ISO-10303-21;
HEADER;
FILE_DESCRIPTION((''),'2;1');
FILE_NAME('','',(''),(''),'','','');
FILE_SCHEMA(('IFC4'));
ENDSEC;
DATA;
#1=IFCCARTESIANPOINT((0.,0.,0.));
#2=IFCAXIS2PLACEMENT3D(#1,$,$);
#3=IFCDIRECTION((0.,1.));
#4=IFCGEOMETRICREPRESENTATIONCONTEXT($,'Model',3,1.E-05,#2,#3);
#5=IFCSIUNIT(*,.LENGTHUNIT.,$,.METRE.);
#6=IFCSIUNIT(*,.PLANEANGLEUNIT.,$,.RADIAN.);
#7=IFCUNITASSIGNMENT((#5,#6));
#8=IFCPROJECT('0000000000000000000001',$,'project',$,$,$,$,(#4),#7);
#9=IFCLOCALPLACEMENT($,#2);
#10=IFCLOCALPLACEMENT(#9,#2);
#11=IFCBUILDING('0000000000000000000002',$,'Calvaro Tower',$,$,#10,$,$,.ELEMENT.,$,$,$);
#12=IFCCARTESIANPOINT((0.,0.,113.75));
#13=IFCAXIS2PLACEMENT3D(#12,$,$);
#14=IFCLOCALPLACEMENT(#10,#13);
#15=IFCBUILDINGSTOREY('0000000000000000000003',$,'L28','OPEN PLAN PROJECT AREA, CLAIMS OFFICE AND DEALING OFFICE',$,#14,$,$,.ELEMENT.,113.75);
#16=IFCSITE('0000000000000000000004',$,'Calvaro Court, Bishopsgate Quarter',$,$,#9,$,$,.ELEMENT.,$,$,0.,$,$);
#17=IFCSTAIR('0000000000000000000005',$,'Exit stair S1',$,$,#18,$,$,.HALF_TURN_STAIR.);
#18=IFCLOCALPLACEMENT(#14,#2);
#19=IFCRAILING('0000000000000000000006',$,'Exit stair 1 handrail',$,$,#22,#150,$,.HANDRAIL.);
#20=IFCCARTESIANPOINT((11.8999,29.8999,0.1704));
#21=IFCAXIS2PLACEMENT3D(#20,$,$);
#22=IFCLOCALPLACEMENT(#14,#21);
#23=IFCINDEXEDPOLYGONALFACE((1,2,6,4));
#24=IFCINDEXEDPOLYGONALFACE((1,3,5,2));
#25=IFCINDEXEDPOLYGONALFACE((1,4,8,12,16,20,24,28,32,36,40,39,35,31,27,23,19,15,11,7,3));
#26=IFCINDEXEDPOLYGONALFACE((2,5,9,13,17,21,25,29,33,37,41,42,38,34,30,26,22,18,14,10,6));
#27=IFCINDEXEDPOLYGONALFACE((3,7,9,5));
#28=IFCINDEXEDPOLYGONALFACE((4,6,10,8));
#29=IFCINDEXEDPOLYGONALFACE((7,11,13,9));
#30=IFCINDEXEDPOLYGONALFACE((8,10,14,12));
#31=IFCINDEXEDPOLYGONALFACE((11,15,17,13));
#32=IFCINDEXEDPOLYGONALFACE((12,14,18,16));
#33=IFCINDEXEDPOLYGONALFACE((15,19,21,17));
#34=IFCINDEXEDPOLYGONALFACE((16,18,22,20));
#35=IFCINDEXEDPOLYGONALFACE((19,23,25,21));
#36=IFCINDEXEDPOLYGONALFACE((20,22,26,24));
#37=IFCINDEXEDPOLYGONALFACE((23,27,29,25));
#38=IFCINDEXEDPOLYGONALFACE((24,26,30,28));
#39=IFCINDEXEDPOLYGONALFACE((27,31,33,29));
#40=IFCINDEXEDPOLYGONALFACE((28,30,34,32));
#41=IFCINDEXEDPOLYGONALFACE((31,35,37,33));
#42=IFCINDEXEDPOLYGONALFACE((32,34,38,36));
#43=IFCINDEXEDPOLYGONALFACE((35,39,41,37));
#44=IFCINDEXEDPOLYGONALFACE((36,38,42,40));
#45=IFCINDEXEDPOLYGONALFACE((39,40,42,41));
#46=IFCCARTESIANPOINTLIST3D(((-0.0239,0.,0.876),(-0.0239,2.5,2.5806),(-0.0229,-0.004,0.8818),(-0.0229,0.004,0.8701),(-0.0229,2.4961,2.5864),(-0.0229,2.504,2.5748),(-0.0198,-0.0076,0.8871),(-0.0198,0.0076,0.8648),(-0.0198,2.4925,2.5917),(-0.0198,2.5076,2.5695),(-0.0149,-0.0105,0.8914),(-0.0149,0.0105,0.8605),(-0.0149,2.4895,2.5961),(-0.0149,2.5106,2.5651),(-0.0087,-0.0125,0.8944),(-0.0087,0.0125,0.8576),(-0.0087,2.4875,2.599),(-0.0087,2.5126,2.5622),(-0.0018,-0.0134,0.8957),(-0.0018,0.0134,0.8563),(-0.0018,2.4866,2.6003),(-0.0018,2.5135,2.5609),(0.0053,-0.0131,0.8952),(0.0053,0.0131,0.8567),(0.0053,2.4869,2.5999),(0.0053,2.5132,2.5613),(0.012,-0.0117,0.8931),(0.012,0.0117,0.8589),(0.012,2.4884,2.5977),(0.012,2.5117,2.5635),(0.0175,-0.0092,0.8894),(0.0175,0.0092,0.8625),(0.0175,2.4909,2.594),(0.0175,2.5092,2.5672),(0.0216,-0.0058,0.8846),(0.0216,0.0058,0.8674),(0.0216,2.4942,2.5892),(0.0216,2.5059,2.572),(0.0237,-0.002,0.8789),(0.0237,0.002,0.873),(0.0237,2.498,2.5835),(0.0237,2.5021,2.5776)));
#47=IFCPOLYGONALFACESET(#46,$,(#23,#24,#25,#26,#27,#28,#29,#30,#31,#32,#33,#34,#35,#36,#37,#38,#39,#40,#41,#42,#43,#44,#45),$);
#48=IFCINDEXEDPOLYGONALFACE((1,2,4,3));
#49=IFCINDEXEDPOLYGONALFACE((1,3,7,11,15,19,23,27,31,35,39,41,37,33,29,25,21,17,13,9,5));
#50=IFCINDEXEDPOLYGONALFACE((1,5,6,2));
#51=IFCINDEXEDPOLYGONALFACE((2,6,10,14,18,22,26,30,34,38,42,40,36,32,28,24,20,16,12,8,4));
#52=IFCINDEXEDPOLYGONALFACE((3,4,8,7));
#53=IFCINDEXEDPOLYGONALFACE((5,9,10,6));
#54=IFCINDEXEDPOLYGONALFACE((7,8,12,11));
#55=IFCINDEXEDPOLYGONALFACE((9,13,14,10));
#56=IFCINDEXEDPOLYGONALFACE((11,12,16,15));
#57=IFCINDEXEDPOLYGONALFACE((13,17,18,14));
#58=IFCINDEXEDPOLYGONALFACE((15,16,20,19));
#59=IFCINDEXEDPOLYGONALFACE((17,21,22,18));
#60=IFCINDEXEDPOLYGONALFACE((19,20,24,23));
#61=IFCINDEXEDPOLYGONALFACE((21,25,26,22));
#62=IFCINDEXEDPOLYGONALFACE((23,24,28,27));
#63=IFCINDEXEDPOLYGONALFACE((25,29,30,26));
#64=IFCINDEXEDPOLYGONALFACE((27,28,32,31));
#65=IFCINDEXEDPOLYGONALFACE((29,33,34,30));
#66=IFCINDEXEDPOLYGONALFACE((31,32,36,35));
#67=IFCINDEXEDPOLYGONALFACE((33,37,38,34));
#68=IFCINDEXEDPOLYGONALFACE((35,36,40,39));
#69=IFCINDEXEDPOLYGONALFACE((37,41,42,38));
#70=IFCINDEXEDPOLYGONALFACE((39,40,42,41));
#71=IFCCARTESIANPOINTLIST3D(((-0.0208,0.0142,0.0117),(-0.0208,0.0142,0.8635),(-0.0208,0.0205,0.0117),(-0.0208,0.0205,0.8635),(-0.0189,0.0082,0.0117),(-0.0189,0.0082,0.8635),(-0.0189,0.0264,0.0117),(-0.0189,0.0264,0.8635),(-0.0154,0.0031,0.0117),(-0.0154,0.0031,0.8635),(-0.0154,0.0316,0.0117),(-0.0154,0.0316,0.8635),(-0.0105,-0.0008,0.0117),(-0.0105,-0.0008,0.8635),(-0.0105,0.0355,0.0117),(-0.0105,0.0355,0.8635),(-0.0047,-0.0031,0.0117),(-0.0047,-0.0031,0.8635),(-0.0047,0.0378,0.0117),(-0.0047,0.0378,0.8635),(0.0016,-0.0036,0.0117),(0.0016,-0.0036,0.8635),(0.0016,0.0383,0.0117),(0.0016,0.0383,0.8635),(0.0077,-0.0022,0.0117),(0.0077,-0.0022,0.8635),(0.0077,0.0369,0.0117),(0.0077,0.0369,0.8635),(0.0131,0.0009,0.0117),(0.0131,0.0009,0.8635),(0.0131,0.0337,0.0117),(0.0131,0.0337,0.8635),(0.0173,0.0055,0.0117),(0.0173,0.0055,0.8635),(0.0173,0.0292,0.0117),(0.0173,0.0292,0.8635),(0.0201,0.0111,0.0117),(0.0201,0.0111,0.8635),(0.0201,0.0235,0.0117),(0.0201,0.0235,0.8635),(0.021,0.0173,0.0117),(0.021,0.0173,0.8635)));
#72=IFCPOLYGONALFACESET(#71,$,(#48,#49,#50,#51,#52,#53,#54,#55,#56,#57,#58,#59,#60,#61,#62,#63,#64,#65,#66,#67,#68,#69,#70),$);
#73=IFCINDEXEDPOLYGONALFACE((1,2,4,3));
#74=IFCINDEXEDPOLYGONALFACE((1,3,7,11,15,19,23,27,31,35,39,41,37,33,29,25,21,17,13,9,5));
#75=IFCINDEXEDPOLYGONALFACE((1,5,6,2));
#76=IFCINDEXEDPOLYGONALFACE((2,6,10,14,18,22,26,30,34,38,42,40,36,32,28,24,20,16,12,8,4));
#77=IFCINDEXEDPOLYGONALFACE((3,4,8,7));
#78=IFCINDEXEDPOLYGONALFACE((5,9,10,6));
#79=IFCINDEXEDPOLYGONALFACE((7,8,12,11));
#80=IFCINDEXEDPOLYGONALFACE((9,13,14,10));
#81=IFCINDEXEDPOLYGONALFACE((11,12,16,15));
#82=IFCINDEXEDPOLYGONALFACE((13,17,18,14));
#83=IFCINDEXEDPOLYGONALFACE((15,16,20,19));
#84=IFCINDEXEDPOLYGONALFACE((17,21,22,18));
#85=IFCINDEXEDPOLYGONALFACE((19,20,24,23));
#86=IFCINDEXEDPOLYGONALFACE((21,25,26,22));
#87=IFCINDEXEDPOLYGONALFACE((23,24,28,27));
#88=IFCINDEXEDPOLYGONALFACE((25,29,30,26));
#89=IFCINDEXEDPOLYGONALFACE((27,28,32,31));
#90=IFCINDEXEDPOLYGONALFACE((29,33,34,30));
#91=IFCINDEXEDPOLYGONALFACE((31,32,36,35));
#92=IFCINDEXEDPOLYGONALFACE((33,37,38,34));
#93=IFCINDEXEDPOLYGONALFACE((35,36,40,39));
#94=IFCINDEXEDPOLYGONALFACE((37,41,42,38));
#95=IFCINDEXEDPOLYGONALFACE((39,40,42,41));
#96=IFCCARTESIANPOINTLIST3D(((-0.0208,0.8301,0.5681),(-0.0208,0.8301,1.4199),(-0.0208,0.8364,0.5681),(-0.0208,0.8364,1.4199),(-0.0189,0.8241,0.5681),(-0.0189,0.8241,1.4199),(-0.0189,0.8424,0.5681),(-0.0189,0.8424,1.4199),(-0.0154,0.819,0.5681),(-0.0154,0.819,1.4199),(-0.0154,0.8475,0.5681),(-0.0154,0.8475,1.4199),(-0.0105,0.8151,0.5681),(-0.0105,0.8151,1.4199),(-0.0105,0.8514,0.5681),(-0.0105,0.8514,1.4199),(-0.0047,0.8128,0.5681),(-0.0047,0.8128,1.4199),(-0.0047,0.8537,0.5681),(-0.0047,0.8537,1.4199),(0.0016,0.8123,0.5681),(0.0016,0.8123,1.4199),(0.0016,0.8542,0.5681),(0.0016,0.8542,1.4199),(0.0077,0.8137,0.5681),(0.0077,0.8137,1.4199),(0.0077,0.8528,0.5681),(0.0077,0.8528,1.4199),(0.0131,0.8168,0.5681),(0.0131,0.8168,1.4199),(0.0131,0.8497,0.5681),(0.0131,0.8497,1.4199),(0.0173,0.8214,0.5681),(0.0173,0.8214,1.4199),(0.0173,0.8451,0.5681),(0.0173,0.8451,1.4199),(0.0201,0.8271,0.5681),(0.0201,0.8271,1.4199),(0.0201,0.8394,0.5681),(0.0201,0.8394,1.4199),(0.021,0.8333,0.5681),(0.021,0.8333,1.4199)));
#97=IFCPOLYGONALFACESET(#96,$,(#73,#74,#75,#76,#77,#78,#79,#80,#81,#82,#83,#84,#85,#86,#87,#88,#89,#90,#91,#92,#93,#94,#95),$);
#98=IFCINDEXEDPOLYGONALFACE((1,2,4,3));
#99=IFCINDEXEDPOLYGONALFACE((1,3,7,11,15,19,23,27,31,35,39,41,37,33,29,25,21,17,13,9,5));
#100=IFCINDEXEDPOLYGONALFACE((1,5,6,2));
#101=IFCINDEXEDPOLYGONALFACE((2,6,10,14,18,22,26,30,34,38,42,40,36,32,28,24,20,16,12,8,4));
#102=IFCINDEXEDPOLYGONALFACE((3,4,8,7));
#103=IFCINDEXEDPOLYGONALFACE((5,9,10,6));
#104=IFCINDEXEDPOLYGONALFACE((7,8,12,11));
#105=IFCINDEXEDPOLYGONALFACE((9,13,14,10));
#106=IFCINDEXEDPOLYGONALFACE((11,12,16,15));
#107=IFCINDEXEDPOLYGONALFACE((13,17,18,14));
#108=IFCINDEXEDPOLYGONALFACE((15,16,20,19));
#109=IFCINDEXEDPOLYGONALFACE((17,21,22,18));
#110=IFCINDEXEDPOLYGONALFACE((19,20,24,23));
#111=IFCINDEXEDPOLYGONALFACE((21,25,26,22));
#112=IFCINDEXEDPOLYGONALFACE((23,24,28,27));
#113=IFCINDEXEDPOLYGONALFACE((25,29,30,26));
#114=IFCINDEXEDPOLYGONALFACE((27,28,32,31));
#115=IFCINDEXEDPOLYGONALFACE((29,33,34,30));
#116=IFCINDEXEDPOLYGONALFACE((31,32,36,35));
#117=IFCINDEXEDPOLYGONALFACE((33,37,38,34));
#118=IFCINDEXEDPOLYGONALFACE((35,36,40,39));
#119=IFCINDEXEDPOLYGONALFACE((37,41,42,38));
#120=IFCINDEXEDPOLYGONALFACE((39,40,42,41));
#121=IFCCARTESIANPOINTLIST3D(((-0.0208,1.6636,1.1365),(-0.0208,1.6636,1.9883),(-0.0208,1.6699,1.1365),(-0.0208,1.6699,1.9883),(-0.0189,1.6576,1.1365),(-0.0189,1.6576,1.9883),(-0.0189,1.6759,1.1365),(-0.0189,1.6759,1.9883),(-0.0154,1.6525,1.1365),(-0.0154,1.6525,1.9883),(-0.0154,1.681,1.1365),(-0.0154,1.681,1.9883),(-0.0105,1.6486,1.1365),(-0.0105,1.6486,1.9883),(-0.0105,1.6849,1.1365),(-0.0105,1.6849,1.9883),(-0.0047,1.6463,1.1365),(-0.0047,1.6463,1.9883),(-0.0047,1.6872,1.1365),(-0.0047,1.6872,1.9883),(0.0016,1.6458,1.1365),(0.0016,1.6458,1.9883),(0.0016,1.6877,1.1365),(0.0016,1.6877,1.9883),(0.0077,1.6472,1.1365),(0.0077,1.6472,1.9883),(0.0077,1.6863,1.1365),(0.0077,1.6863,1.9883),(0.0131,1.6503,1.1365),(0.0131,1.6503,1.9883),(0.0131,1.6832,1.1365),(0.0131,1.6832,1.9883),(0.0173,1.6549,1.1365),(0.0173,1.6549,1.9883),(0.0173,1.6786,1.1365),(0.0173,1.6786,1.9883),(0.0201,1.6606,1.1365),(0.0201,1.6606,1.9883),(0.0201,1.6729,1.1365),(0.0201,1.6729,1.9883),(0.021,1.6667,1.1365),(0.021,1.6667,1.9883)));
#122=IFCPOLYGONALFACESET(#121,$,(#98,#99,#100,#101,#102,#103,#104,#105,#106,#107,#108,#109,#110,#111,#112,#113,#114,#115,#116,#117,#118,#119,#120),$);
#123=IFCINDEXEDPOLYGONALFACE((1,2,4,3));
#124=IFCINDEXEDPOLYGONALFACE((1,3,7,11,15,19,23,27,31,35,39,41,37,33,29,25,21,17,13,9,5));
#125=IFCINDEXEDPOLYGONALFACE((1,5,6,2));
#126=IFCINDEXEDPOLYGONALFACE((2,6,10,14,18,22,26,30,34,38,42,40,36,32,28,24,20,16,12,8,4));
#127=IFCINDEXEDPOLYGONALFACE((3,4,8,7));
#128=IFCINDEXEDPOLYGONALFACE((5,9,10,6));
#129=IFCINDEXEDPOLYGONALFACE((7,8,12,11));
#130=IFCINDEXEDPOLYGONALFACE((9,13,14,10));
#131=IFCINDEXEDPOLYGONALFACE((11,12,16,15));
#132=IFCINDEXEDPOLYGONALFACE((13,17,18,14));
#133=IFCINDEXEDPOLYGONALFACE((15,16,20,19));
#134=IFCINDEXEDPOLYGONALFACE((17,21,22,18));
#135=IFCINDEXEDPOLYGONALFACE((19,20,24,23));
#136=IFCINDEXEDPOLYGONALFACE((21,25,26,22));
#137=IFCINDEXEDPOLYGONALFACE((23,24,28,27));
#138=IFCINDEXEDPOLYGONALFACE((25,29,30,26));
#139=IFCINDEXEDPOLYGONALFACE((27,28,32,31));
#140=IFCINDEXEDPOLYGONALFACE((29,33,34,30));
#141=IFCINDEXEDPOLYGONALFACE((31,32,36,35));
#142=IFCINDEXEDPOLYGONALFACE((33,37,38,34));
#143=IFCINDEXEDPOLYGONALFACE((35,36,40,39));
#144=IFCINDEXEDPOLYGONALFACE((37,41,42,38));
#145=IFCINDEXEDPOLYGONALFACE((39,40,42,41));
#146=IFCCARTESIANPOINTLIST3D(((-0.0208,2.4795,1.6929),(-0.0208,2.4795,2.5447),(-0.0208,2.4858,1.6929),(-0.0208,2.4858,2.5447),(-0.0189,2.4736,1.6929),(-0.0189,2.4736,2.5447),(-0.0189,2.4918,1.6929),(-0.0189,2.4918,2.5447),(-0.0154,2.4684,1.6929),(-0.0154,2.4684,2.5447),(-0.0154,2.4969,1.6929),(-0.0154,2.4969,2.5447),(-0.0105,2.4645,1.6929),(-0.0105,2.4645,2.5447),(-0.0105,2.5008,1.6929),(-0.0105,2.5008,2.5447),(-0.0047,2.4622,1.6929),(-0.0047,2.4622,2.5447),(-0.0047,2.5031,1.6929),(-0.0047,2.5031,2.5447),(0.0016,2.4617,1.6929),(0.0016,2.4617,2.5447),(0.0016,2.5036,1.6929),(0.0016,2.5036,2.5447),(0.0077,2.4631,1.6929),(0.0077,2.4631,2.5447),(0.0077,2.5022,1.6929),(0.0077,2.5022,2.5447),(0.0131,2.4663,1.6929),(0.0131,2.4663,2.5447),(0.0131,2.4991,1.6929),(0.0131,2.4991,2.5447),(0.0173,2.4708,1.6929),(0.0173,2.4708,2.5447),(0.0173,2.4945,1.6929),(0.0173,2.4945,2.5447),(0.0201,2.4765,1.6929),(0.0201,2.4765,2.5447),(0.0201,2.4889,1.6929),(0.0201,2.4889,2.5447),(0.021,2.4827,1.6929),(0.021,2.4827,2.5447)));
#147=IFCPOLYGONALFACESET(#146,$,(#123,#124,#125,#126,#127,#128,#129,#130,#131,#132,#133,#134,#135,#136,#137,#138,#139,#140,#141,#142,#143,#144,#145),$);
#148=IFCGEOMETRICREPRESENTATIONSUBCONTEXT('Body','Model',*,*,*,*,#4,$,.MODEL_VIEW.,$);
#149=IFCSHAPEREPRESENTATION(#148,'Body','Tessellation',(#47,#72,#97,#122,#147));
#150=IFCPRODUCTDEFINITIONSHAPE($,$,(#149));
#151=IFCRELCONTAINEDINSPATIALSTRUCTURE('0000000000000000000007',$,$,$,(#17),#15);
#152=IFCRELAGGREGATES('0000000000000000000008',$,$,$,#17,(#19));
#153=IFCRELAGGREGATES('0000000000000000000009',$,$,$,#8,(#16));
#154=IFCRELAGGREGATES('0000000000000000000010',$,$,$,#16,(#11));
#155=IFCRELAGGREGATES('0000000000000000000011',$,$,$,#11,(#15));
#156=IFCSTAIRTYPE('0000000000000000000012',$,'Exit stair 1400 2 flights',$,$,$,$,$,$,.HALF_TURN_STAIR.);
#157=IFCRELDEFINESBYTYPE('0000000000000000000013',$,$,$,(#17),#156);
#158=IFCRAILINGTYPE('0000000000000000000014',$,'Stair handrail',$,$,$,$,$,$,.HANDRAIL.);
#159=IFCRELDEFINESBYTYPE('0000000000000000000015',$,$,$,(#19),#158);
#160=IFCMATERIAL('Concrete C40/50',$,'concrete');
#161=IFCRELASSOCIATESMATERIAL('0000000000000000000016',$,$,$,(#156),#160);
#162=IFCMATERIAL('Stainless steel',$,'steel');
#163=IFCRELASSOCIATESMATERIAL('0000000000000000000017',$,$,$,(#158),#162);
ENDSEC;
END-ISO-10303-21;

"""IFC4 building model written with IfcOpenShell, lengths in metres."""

from ifc_helpers import new_model, si_unit, direction, frame, origin, origin_2d, place, context, subcontext, project, spatial, circle, extrude, material, type_object, element, aggregate, save


model = new_model("IFC4")

# Units and contexts
model_context = context("Model", 3, precision=1e-05, world=origin(), true_north=direction((0.0, 1.0)))
body_context = subcontext(model_context, "Body", "Model", "MODEL_VIEW")
ifc_project = project(units=[si_unit("LENGTHUNIT", "METRE"), si_unit("PLANEANGLEUNIT", "RADIAN")], contexts=[model_context])

# Site, building, storey
site_placement = place(None, origin())
site = spatial("IfcSite", under=ifc_project, at=site_placement, Name="Calvaro Court, Bishopsgate Quarter", CompositionType="ELEMENT", RefElevation=0.0)
building_placement = place(site_placement, origin())
building = spatial("IfcBuilding", under=site, at=building_placement, Name="Calvaro Tower", CompositionType="ELEMENT")
storey_placement = place(building_placement, frame((0.0, 0.0, 113.75)))
storey = spatial("IfcBuildingStorey", under=building, at=storey_placement, Name="L28", Description="OPEN PLAN PROJECT AREA, CLAIMS OFFICE AND DEALING OFFICE", CompositionType="ELEMENT", Elevation=113.75)

# Stair, railing
ifc_material_1 = material(Name="Concrete C40/50", Category="concrete")
stair_type = type_object("IfcStairType", Name="Exit stair 1400 2 flights", PredefinedType="HALF_TURN_STAIR", material=ifc_material_1)
stair_placement = place(storey_placement, origin())
stair = element("IfcStair", 1, at=stair_placement, inside=storey, type_object=stair_type, Name="Exit stair S1", PredefinedType="HALF_TURN_STAIR")
ifc_material_2 = material(Name="Stainless steel", Category="steel")
railing_type = type_object("IfcRailingType", Name="Stair handrail", PredefinedType="HANDRAIL", material=ifc_material_2)
railing_placement = place(storey_placement, frame((11.8999, 29.8999, 0.1704)))
railing = element("IfcRailing", 2, at=railing_placement, type_object=railing_type, Name="Exit stair 1 handrail", PredefinedType="HANDRAIL", context=body_context, shape_type="SweptSolid", body=[
    extrude(circle(Radius=0.0239, at=origin_2d()), frame((0.0, 0.0, 0.876), z_axis=(0.0, 0.826221, 0.563347), x_axis=(-1.0, 0.0, 0.0)), (0.0, 0.0, 1.0), 3.0259),
    extrude(circle(Radius=0.021, at=origin_2d()), frame((0.0, 0.0173, 0.0117)), (0.0, 0.0, 1.0), 0.8518),
    extrude(circle(Radius=0.021, at=origin_2d()), frame((0.0, 0.8333, 0.5681)), (0.0, 0.0, 1.0), 0.8518),
    extrude(circle(Radius=0.021, at=origin_2d()), frame((0.0, 1.6667, 1.1365)), (0.0, 0.0, 1.0), 0.8518),
    extrude(circle(Radius=0.021, at=origin_2d()), frame((0.0, 2.4827, 1.6929)), (0.0, 0.0, 1.0), 0.8518),
])
aggregate(stair, [railing])

save(model, "model.ifc")
